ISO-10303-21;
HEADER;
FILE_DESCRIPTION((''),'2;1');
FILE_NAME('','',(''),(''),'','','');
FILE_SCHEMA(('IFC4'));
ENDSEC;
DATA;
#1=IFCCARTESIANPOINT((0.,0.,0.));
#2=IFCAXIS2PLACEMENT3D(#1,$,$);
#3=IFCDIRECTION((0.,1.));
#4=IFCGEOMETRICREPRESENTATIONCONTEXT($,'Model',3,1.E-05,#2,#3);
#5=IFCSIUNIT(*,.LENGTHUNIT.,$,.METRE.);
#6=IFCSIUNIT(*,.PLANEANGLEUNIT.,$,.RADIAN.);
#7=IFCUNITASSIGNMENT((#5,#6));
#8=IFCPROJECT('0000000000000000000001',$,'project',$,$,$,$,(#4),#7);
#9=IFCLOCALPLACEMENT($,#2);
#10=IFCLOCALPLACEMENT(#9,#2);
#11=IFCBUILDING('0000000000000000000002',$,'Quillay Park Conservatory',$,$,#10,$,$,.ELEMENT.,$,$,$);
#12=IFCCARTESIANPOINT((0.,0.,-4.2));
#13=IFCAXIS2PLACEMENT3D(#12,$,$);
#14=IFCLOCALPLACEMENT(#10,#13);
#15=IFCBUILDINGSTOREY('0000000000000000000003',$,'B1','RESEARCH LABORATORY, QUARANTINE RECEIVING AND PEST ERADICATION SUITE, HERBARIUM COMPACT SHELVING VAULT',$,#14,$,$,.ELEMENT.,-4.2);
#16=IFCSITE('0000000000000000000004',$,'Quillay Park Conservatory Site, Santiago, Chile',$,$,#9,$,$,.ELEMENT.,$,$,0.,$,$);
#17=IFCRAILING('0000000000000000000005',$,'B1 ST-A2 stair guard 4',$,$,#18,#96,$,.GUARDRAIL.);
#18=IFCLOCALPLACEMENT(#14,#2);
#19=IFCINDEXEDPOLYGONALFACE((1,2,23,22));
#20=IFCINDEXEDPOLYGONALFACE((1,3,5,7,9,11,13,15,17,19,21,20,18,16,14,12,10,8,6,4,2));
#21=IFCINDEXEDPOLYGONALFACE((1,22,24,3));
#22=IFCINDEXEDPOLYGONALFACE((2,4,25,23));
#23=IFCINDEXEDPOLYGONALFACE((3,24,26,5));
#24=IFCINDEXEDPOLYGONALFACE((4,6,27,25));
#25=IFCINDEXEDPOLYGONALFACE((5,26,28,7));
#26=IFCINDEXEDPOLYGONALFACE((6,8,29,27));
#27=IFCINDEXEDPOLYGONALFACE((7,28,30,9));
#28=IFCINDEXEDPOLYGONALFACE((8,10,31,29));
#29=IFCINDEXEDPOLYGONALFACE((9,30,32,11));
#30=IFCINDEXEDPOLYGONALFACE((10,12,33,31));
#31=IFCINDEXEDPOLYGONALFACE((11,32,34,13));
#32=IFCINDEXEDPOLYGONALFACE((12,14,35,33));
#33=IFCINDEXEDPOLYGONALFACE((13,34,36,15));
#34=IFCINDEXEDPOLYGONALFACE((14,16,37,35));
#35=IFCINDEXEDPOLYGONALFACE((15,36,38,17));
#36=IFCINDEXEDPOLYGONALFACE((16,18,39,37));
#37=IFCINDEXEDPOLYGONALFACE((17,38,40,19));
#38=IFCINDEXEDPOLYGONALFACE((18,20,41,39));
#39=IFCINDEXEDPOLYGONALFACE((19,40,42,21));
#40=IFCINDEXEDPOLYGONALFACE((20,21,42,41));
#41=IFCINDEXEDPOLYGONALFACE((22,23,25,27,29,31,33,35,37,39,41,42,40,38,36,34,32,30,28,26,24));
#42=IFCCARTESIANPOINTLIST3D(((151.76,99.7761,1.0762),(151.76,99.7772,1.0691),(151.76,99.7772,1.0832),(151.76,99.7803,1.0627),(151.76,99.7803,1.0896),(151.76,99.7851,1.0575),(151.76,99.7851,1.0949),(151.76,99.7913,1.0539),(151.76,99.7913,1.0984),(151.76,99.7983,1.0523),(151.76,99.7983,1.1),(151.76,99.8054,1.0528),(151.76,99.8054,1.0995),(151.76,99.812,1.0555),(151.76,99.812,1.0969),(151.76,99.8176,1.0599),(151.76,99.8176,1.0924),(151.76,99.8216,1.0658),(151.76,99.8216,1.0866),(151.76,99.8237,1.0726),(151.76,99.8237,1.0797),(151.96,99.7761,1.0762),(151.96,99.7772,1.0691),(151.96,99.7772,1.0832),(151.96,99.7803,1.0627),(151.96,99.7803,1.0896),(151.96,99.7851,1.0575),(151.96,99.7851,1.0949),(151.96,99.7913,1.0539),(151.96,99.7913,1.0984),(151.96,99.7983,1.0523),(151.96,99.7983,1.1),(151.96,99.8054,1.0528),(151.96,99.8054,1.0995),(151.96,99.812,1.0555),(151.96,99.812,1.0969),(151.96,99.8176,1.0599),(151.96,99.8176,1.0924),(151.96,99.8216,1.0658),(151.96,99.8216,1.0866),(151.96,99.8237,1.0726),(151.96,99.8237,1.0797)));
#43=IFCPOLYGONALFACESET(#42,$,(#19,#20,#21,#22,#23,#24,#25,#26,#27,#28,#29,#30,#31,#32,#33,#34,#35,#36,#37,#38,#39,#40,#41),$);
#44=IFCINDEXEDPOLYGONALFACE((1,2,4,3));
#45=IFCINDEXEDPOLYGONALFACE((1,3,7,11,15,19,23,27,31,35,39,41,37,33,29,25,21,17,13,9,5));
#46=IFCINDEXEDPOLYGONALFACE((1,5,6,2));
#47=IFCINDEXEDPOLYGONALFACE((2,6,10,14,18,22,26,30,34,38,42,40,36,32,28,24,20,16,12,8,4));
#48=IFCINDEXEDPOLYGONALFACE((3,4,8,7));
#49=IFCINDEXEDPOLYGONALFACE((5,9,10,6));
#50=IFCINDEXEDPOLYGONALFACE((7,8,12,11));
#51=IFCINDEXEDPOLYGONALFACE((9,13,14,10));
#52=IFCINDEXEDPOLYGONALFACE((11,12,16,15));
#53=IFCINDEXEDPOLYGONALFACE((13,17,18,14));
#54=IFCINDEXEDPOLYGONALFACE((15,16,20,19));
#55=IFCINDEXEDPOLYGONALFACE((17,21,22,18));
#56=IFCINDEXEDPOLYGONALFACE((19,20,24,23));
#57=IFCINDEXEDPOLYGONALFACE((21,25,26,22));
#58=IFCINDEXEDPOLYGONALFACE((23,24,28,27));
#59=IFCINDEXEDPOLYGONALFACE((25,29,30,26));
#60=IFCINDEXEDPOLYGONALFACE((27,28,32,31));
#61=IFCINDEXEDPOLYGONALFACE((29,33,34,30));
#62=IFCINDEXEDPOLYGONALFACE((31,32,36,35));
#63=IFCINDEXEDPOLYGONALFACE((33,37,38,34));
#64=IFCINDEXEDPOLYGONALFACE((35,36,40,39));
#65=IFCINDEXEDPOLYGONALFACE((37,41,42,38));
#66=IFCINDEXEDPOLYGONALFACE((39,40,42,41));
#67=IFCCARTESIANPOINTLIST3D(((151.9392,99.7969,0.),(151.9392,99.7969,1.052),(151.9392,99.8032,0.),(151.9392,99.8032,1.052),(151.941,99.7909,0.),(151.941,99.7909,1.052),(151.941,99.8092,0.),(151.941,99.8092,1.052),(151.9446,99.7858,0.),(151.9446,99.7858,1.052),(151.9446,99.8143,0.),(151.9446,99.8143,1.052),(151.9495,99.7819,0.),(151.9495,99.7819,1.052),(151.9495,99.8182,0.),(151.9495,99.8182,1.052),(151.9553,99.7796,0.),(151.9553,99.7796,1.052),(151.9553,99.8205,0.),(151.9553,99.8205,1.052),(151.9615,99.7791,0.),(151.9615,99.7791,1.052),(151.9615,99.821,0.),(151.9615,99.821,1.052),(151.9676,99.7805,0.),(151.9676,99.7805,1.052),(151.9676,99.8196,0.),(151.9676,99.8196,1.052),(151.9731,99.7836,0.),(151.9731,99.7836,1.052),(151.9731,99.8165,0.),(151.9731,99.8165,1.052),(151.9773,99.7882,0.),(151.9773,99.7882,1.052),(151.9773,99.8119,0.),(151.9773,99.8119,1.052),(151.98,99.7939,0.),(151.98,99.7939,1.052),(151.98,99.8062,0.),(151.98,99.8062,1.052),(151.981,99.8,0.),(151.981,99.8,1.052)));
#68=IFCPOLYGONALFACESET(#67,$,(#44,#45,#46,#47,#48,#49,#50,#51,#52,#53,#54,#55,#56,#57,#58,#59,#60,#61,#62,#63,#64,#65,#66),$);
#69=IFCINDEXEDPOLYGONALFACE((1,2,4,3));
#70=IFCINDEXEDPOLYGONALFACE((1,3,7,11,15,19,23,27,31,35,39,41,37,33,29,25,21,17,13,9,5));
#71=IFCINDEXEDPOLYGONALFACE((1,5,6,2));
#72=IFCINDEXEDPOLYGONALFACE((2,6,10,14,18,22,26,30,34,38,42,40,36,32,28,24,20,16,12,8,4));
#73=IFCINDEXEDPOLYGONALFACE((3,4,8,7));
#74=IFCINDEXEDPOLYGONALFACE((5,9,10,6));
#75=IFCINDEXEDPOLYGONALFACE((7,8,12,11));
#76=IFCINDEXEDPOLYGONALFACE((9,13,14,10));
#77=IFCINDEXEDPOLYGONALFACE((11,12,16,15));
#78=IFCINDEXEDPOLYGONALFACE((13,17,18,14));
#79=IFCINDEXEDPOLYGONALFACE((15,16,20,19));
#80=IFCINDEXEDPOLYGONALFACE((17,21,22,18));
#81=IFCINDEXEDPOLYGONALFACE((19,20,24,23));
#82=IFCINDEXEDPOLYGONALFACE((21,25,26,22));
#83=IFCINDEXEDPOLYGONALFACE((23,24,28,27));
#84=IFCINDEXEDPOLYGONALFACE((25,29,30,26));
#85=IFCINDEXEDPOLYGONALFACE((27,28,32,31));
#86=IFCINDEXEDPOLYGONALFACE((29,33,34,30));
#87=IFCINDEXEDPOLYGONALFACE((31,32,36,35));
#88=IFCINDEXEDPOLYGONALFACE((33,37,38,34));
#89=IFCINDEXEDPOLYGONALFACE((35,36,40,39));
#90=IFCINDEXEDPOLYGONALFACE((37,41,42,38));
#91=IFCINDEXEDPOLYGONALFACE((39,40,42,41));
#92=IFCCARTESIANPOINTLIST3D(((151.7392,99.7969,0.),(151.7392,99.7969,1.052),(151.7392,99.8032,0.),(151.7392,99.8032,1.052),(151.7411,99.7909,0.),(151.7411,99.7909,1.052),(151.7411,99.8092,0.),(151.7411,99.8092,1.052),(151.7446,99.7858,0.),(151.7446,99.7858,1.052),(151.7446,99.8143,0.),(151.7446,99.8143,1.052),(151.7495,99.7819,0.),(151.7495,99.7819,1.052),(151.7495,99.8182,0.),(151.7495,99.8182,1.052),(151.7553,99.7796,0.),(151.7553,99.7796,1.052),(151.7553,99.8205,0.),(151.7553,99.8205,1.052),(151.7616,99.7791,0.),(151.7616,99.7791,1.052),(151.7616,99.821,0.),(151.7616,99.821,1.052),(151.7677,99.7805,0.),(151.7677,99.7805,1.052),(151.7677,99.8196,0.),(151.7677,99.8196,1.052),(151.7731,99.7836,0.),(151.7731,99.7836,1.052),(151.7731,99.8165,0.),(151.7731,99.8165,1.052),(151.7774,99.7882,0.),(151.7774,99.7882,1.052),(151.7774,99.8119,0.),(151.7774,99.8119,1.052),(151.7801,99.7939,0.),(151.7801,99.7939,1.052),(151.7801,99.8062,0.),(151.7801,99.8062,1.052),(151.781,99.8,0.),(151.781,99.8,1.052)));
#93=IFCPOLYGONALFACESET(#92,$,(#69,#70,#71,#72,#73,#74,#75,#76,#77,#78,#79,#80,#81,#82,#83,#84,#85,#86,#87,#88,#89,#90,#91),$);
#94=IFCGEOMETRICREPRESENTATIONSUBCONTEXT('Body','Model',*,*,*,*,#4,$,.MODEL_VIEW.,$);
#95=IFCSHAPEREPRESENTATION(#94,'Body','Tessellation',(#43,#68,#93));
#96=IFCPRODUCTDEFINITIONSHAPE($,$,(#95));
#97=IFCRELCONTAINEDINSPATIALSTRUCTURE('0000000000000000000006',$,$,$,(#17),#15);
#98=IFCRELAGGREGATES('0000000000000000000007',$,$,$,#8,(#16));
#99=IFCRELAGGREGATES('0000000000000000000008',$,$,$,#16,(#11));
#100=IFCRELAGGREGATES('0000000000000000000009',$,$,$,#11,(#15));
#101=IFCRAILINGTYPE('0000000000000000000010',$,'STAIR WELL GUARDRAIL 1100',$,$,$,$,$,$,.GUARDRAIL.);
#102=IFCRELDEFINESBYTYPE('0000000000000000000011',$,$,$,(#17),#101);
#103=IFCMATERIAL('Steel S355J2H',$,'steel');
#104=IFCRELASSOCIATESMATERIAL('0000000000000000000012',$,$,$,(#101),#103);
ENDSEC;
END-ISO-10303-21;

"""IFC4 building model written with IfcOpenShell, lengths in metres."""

from ifc_helpers import new_model, si_unit, direction, frame, origin, origin_2d, place, context, subcontext, project, spatial, circle, extrude, material, type_object, element, save


model = new_model("IFC4")

# Units and contexts
model_context = context("Model", 3, precision=1e-05, world=origin(), true_north=direction((0.0, 1.0)))
body_context = subcontext(model_context, "Body", "Model", "MODEL_VIEW")
ifc_project = project(units=[si_unit("LENGTHUNIT", "METRE"), si_unit("PLANEANGLEUNIT", "RADIAN")], contexts=[model_context])

# Site, building, storey
site_placement = place(None, origin())
site = spatial("IfcSite", under=ifc_project, at=site_placement, Name="Quillay Park Conservatory Site, Santiago, Chile", CompositionType="ELEMENT", RefElevation=0.0)
building_placement = place(site_placement, origin())
building = spatial("IfcBuilding", under=site, at=building_placement, Name="Quillay Park Conservatory", CompositionType="ELEMENT")
storey_placement = place(building_placement, frame((0.0, 0.0, -4.2)))
storey = spatial("IfcBuildingStorey", under=building, at=storey_placement, Name="B1", Description="RESEARCH LABORATORY, QUARANTINE RECEIVING AND PEST ERADICATION SUITE, HERBARIUM COMPACT SHELVING VAULT", CompositionType="ELEMENT", Elevation=-4.2)

# Railing
ifc_material_1 = material(Name="Steel S355J2H", Category="steel")
railing_type_1 = type_object("IfcRailingType", Name="STAIR WELL GUARDRAIL 1100", PredefinedType="GUARDRAIL", material=ifc_material_1)
railing_1_placement = place(storey_placement, frame((151.96, 99.8, 0.0)))
element("IfcRailing", 1, at=railing_1_placement, inside=storey, type_object=railing_type_1, Name="B1 ST-A2 stair guard 4", PredefinedType="GUARDRAIL", context=body_context, shape_type="SweptSolid", body=[
    extrude(circle(Radius=0.0239, at=origin_2d()), frame((0.0, 0.0, 1.0762), z_axis=(-1.0, 0.0, 0.0), x_axis=(0.0, -1.0, 0.0)), (0.0, 0.0, 1.0), 0.2),
    extrude(circle(Radius=0.021, at=origin_2d()), origin(), (0.0, 0.0, 1.0), 1.052),
    extrude(circle(Radius=0.021, at=origin_2d()), frame((-0.2, 0.0, 0.0)), (0.0, 0.0, 1.0), 1.052),
])

save(model, "model.ifc")
